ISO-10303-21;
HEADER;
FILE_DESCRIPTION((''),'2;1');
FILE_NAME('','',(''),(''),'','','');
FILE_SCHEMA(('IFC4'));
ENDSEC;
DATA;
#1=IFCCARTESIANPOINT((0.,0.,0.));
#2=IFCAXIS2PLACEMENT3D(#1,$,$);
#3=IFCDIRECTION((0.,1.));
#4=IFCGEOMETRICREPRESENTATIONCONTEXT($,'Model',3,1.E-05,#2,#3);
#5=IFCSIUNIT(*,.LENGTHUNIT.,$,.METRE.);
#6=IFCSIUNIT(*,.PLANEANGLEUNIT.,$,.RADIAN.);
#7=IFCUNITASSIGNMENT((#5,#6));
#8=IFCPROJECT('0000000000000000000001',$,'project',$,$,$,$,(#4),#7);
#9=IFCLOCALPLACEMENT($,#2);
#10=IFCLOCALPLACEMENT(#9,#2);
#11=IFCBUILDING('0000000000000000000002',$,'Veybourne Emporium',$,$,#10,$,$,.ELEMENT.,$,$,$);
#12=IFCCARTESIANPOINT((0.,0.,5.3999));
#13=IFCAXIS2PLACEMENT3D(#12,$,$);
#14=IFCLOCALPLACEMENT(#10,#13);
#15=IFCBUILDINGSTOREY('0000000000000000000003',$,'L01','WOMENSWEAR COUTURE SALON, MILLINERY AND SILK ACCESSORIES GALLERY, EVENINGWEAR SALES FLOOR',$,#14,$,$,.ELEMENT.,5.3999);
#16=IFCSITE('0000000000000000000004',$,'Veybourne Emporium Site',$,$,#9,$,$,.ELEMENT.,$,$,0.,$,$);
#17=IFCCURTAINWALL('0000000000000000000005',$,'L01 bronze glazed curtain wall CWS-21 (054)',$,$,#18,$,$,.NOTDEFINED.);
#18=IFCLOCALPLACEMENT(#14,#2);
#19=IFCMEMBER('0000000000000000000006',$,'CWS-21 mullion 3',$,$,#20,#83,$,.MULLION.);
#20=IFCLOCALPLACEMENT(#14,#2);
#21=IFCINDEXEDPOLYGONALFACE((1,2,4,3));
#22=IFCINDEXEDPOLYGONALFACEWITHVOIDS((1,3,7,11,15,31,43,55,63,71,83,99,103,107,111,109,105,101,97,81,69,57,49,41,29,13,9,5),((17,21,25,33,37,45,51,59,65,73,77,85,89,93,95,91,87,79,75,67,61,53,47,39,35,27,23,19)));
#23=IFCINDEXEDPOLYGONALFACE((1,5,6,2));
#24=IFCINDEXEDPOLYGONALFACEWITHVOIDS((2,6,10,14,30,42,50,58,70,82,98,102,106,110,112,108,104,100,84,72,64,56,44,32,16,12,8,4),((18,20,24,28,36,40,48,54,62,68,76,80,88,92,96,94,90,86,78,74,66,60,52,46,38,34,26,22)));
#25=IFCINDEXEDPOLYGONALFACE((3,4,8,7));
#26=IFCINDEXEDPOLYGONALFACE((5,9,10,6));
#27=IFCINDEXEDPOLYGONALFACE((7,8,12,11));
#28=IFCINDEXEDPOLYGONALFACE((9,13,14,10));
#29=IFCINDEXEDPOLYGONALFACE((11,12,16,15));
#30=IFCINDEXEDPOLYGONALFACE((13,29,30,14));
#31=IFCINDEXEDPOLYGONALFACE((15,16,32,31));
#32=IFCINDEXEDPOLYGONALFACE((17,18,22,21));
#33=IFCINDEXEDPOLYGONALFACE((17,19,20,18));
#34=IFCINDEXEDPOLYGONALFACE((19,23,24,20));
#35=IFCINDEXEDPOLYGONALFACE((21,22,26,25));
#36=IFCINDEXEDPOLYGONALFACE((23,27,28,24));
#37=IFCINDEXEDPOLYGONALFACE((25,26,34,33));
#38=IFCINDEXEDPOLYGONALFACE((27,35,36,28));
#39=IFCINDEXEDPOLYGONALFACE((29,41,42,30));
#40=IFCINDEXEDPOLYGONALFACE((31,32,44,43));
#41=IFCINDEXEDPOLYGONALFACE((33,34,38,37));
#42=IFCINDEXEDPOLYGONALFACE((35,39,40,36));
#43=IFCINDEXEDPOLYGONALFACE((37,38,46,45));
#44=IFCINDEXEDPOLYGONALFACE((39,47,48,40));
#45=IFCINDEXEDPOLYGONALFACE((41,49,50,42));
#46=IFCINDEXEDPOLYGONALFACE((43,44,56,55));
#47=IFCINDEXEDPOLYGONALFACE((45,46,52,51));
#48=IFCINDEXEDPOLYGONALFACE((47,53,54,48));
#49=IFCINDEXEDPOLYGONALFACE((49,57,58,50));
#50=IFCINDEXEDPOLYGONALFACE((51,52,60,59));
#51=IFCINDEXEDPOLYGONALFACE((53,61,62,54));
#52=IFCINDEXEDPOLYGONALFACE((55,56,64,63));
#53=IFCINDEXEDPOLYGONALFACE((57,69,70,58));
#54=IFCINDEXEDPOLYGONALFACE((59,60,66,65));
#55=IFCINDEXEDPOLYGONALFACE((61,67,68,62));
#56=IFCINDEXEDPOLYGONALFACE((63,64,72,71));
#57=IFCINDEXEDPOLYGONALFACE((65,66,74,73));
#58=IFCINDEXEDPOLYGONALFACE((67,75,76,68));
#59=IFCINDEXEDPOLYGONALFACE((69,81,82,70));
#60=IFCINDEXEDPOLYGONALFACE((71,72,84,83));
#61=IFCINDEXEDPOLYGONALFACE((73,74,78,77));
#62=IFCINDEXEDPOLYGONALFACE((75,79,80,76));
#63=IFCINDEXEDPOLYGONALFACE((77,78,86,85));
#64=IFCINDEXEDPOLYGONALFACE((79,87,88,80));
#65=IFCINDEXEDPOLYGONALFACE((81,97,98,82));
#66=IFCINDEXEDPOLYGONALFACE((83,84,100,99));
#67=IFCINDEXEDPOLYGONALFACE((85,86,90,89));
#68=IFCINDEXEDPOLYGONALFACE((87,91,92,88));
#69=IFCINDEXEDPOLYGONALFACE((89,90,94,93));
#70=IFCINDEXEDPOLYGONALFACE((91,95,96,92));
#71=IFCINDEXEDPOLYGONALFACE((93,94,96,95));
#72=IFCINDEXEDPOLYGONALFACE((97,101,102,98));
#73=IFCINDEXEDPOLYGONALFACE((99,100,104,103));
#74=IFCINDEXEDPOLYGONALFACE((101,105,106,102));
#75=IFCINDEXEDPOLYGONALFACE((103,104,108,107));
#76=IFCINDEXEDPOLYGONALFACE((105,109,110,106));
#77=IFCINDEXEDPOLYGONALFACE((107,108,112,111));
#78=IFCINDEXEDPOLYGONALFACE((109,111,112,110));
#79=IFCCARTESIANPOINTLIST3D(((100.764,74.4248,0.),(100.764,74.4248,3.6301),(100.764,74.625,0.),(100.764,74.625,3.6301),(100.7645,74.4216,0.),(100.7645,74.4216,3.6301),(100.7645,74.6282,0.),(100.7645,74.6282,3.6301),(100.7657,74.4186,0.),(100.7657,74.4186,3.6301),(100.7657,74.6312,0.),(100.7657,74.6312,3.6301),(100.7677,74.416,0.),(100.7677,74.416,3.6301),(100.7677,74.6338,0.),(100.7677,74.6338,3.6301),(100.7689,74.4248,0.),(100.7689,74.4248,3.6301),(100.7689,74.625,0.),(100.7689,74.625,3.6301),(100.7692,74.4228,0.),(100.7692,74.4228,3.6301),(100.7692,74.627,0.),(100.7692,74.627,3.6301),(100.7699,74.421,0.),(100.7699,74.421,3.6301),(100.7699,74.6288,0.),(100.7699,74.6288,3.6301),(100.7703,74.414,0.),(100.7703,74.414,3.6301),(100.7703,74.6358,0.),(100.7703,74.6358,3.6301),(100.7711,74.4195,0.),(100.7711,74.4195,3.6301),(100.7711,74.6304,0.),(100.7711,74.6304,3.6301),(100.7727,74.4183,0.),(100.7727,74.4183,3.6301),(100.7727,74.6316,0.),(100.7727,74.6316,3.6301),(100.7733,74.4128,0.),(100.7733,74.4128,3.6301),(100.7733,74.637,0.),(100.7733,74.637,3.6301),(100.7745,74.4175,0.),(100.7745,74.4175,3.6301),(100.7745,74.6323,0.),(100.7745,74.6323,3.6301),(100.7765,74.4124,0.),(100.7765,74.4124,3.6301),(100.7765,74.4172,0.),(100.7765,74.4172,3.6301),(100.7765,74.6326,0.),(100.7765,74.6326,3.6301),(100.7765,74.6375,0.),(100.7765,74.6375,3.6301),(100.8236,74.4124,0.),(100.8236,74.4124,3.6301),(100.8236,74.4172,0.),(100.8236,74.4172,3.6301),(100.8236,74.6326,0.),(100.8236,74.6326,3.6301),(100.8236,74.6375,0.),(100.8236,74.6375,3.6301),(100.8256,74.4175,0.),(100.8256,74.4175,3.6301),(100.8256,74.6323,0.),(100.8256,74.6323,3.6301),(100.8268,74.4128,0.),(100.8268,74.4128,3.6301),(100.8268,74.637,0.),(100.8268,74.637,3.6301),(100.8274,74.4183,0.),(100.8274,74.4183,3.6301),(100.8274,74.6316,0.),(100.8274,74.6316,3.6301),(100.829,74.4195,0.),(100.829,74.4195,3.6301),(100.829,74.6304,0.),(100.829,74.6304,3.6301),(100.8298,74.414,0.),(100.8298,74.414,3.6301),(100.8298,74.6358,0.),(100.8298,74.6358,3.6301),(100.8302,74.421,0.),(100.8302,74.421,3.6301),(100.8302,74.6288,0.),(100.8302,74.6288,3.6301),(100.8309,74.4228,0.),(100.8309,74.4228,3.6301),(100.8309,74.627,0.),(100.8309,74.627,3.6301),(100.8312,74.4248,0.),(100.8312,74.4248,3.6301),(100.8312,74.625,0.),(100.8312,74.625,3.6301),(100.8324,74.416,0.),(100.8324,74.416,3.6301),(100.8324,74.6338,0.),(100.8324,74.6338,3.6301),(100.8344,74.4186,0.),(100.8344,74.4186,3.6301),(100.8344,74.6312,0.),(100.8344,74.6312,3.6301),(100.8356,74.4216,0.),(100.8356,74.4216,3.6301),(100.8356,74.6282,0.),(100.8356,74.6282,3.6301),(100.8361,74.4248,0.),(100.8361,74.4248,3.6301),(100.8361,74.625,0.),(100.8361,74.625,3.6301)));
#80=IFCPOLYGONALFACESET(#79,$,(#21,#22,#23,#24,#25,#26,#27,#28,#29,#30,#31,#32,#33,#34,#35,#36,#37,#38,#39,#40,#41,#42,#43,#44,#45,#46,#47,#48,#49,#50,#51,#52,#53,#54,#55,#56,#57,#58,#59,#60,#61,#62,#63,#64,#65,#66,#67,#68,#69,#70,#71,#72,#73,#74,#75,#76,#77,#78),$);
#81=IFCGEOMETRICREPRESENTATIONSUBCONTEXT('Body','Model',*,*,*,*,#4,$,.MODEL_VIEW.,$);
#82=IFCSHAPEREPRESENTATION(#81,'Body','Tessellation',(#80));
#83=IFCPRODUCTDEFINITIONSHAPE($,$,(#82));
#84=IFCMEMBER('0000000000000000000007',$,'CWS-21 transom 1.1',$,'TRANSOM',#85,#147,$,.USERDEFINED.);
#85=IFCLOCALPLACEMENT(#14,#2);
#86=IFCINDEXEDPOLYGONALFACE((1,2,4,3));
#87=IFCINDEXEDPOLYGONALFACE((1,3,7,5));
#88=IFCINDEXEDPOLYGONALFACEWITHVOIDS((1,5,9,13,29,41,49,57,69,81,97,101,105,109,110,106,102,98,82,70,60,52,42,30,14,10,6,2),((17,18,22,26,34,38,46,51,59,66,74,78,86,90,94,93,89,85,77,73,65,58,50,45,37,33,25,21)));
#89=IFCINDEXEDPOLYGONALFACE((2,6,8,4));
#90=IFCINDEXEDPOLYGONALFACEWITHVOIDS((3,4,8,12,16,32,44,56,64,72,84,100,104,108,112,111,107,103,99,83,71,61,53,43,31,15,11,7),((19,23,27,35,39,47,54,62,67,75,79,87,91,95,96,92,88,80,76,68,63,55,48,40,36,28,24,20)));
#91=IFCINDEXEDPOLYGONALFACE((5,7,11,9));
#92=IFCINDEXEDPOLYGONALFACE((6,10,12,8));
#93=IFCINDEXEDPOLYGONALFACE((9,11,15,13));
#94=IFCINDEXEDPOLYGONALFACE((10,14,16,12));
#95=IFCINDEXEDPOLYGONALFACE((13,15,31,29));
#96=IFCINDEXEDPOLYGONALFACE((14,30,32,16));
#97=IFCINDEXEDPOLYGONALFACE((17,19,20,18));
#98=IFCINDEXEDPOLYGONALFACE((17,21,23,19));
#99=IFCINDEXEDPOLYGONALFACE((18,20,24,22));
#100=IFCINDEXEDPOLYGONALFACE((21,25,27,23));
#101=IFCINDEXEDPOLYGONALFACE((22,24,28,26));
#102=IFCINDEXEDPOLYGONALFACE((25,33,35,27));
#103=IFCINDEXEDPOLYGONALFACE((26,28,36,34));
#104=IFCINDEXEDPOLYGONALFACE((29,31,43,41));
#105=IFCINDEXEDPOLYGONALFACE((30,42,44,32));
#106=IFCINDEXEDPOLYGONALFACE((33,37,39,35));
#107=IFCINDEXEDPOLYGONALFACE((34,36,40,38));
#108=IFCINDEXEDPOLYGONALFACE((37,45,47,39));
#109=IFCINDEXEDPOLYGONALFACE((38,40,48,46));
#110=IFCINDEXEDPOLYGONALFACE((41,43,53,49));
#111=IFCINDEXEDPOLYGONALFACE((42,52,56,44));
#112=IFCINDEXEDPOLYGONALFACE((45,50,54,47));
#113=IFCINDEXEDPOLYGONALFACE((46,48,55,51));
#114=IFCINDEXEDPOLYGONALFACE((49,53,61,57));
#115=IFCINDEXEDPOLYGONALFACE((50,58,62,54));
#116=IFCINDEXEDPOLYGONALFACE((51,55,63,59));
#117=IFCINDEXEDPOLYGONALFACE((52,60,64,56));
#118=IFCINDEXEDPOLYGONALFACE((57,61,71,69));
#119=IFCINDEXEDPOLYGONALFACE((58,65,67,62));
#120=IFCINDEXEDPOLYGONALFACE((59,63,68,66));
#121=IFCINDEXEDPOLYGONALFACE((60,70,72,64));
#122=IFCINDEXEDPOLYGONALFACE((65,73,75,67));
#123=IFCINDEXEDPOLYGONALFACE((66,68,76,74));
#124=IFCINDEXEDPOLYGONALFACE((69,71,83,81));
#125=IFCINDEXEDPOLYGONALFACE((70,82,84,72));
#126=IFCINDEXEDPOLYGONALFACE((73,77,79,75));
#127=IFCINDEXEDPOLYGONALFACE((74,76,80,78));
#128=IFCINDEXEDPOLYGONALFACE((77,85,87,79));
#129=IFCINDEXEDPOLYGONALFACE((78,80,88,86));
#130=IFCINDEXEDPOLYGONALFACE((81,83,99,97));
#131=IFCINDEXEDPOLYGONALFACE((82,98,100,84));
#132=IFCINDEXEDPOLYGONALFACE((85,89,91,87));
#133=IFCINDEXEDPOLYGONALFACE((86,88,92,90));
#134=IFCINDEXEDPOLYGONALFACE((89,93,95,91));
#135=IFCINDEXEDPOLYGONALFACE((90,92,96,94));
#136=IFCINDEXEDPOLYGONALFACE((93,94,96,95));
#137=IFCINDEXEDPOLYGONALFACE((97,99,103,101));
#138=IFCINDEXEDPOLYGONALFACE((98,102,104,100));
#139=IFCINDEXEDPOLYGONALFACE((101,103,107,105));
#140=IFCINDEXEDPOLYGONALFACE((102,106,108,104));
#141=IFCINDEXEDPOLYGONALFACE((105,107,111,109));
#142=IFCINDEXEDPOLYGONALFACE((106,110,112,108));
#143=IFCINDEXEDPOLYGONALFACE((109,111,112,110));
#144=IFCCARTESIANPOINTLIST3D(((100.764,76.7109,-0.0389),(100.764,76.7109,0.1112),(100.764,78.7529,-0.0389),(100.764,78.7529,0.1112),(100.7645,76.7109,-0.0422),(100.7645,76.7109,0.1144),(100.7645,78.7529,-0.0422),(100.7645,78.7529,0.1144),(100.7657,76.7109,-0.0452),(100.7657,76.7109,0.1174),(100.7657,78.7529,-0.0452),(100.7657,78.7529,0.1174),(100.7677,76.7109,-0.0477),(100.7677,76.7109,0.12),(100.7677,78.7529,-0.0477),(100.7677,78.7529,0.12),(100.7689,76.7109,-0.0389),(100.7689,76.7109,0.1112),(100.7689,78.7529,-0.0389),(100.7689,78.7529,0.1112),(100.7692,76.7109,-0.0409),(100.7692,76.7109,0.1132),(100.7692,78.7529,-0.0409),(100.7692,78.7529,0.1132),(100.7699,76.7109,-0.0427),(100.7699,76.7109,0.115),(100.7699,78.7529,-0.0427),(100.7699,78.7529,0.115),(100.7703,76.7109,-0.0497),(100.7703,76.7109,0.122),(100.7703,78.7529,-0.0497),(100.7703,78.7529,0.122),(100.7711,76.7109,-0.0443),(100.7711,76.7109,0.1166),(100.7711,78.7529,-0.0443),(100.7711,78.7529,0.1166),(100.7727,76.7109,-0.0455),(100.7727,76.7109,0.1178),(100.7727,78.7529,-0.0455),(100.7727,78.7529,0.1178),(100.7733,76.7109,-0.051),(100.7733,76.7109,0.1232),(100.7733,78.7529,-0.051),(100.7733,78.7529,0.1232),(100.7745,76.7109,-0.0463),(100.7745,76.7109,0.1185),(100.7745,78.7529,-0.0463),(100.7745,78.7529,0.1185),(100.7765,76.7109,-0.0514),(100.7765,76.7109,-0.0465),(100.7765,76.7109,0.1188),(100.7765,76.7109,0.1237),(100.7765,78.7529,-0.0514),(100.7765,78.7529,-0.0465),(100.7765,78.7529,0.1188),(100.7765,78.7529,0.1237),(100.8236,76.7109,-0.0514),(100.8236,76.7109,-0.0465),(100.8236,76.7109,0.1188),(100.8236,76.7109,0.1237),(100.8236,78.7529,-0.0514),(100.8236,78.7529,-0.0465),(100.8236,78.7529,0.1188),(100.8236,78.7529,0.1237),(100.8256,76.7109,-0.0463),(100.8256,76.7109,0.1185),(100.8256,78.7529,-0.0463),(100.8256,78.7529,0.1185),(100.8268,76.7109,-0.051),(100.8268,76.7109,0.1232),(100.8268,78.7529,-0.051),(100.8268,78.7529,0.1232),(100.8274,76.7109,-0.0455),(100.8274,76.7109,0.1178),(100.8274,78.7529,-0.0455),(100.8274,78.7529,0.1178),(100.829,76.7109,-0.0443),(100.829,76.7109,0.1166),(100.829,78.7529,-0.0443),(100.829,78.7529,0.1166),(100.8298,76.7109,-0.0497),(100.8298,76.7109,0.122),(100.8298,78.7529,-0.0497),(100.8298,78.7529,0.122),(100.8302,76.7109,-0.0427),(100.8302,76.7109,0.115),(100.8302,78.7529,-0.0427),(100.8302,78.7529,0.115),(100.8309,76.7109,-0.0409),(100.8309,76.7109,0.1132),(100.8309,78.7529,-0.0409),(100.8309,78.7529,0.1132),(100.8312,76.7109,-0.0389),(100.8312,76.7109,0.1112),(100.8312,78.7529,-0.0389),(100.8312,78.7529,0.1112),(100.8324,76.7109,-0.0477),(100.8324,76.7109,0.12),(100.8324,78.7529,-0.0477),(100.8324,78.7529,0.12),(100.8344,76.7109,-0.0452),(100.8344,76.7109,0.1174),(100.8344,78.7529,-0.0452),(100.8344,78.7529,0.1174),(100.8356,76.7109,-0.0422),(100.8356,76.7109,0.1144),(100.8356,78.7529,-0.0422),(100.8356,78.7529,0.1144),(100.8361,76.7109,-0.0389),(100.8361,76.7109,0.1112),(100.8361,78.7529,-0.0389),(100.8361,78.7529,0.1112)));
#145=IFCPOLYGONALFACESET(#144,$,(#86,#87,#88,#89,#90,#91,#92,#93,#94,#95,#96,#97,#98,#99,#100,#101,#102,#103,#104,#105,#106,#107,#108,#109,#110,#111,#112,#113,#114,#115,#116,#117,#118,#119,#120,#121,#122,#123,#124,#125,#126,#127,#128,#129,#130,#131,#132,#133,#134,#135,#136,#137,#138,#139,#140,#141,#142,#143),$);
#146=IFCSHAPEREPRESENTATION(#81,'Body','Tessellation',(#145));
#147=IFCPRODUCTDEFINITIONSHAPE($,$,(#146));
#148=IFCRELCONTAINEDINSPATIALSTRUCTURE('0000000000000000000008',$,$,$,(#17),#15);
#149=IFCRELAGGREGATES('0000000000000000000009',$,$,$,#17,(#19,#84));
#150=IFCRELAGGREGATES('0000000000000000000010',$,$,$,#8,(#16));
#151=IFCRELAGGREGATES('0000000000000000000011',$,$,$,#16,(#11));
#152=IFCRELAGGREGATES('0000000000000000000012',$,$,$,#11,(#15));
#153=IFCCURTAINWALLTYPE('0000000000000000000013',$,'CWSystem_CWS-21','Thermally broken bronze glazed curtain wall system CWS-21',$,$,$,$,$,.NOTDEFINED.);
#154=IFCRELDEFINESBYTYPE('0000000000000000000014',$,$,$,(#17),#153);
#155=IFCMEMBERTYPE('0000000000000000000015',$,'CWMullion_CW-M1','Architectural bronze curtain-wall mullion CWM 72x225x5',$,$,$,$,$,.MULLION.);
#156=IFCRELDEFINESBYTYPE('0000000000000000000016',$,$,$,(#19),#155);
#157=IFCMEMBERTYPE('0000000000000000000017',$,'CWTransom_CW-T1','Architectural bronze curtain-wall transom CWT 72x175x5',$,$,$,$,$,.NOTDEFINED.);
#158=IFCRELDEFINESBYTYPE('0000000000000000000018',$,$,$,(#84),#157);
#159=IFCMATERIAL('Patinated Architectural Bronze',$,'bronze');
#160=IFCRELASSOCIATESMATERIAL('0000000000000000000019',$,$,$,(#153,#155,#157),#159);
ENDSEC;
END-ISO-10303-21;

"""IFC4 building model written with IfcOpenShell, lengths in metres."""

from ifc_helpers import new_model, si_unit, direction, frame, origin, origin_2d, place, context, subcontext, project, spatial, hollow_rectangle, extrude, material, material_profile, profile_set, type_object, element, aggregate, save


model = new_model("IFC4")

# Units and contexts
model_context = context("Model", 3, precision=1e-05, world=origin(), true_north=direction((0.0, 1.0)))
body_context = subcontext(model_context, "Body", "Model", "MODEL_VIEW")
ifc_project = project(units=[si_unit("LENGTHUNIT", "METRE"), si_unit("PLANEANGLEUNIT", "RADIAN")], contexts=[model_context])

# Site, building, storey
site_placement = place(None, origin())
site = spatial("IfcSite", under=ifc_project, at=site_placement, Name="Veybourne Emporium Site", CompositionType="ELEMENT", RefElevation=0.0)
building_placement = place(site_placement, origin())
building = spatial("IfcBuilding", under=site, at=building_placement, Name="Veybourne Emporium", CompositionType="ELEMENT")
storey_placement = place(building_placement, frame((0.0, 0.0, 5.3999)))
storey = spatial("IfcBuildingStorey", under=building, at=storey_placement, Name="L01", Description="WOMENSWEAR COUTURE SALON, MILLINERY AND SILK ACCESSORIES GALLERY, EVENINGWEAR SALES FLOOR", CompositionType="ELEMENT", Elevation=5.3999)

# Curtain wall, members
ifc_material_1 = material(Name="Patinated Architectural Bronze", Category="bronze")
curtain_wall_type = type_object("IfcCurtainWallType", Name="CWSystem_CWS-21", Description="Thermally broken bronze glazed curtain wall system CWS-21", PredefinedType="NOTDEFINED", material=ifc_material_1)
curtain_wall_placement = place(storey_placement, origin())
curtain_wall = element("IfcCurtainWall", 1, at=curtain_wall_placement, inside=storey, type_object=curtain_wall_type, Name="L01 bronze glazed curtain wall CWS-21 (054)", PredefinedType="NOTDEFINED")
ifc_material_profile_1 = material_profile(ifc_material_1, hollow_rectangle(XDim=0.072, YDim=0.2251, WallThickness=0.0049, InnerFilletRadius=0.0076, OuterFilletRadius=0.0125, at=origin_2d()), Name="CWM 72x225x5")
ifc_profile_set_1 = profile_set([ifc_material_profile_1], Name="Patinated Architectural Bronze")
member_type_1 = type_object("IfcMemberType", Name="CWMullion_CW-M1", Description="Architectural bronze curtain-wall mullion CWM 72x225x5", PredefinedType="MULLION", material=ifc_profile_set_1)
member_1_placement = place(storey_placement, frame((100.8, 74.5249, 0.0), z_axis=(0.0, 0.0, 1.0), x_axis=(1.0, 0.0, 0.0)))
member_1 = element("IfcMember", 2, at=member_1_placement, type_object=member_type_1, Name="CWS-21 mullion 3", PredefinedType="MULLION", context=body_context, shape_type="SweptSolid", body=[
    extrude(hollow_rectangle(XDim=0.072, YDim=0.2251, WallThickness=0.0049, InnerFilletRadius=0.0076, OuterFilletRadius=0.0125, at=origin_2d()), origin(), (0.0, 0.0, 1.0), 3.6301),
])
ifc_material_profile_2 = material_profile(ifc_material_1, hollow_rectangle(XDim=0.072, YDim=0.175, WallThickness=0.0049, InnerFilletRadius=0.0076, OuterFilletRadius=0.0125, at=origin_2d()), Name="CWT 72x175x5")
ifc_profile_set_2 = profile_set([ifc_material_profile_2], Name="Patinated Architectural Bronze")
member_type_2 = type_object("IfcMemberType", Name="CWTransom_CW-T1", Description="Architectural bronze curtain-wall transom CWT 72x175x5", PredefinedType="NOTDEFINED", material=ifc_profile_set_2)
member_2_placement = place(storey_placement, frame((100.8, 78.7529, 0.0361), z_axis=(0.0, -1.0, 0.0), x_axis=(1.0, 0.0, 0.0)))
member_2 = element("IfcMember", 3, at=member_2_placement, type_object=member_type_2, Name="CWS-21 transom 1.1", ObjectType="TRANSOM", PredefinedType="USERDEFINED", context=body_context, shape_type="SweptSolid", body=[
    extrude(hollow_rectangle(XDim=0.072, YDim=0.175, WallThickness=0.0049, InnerFilletRadius=0.0076, OuterFilletRadius=0.0125, at=origin_2d()), origin(), (0.0, 0.0, 1.0), 2.042),
])
aggregate(curtain_wall, [member_1, member_2])

save(model, "model.ifc")
